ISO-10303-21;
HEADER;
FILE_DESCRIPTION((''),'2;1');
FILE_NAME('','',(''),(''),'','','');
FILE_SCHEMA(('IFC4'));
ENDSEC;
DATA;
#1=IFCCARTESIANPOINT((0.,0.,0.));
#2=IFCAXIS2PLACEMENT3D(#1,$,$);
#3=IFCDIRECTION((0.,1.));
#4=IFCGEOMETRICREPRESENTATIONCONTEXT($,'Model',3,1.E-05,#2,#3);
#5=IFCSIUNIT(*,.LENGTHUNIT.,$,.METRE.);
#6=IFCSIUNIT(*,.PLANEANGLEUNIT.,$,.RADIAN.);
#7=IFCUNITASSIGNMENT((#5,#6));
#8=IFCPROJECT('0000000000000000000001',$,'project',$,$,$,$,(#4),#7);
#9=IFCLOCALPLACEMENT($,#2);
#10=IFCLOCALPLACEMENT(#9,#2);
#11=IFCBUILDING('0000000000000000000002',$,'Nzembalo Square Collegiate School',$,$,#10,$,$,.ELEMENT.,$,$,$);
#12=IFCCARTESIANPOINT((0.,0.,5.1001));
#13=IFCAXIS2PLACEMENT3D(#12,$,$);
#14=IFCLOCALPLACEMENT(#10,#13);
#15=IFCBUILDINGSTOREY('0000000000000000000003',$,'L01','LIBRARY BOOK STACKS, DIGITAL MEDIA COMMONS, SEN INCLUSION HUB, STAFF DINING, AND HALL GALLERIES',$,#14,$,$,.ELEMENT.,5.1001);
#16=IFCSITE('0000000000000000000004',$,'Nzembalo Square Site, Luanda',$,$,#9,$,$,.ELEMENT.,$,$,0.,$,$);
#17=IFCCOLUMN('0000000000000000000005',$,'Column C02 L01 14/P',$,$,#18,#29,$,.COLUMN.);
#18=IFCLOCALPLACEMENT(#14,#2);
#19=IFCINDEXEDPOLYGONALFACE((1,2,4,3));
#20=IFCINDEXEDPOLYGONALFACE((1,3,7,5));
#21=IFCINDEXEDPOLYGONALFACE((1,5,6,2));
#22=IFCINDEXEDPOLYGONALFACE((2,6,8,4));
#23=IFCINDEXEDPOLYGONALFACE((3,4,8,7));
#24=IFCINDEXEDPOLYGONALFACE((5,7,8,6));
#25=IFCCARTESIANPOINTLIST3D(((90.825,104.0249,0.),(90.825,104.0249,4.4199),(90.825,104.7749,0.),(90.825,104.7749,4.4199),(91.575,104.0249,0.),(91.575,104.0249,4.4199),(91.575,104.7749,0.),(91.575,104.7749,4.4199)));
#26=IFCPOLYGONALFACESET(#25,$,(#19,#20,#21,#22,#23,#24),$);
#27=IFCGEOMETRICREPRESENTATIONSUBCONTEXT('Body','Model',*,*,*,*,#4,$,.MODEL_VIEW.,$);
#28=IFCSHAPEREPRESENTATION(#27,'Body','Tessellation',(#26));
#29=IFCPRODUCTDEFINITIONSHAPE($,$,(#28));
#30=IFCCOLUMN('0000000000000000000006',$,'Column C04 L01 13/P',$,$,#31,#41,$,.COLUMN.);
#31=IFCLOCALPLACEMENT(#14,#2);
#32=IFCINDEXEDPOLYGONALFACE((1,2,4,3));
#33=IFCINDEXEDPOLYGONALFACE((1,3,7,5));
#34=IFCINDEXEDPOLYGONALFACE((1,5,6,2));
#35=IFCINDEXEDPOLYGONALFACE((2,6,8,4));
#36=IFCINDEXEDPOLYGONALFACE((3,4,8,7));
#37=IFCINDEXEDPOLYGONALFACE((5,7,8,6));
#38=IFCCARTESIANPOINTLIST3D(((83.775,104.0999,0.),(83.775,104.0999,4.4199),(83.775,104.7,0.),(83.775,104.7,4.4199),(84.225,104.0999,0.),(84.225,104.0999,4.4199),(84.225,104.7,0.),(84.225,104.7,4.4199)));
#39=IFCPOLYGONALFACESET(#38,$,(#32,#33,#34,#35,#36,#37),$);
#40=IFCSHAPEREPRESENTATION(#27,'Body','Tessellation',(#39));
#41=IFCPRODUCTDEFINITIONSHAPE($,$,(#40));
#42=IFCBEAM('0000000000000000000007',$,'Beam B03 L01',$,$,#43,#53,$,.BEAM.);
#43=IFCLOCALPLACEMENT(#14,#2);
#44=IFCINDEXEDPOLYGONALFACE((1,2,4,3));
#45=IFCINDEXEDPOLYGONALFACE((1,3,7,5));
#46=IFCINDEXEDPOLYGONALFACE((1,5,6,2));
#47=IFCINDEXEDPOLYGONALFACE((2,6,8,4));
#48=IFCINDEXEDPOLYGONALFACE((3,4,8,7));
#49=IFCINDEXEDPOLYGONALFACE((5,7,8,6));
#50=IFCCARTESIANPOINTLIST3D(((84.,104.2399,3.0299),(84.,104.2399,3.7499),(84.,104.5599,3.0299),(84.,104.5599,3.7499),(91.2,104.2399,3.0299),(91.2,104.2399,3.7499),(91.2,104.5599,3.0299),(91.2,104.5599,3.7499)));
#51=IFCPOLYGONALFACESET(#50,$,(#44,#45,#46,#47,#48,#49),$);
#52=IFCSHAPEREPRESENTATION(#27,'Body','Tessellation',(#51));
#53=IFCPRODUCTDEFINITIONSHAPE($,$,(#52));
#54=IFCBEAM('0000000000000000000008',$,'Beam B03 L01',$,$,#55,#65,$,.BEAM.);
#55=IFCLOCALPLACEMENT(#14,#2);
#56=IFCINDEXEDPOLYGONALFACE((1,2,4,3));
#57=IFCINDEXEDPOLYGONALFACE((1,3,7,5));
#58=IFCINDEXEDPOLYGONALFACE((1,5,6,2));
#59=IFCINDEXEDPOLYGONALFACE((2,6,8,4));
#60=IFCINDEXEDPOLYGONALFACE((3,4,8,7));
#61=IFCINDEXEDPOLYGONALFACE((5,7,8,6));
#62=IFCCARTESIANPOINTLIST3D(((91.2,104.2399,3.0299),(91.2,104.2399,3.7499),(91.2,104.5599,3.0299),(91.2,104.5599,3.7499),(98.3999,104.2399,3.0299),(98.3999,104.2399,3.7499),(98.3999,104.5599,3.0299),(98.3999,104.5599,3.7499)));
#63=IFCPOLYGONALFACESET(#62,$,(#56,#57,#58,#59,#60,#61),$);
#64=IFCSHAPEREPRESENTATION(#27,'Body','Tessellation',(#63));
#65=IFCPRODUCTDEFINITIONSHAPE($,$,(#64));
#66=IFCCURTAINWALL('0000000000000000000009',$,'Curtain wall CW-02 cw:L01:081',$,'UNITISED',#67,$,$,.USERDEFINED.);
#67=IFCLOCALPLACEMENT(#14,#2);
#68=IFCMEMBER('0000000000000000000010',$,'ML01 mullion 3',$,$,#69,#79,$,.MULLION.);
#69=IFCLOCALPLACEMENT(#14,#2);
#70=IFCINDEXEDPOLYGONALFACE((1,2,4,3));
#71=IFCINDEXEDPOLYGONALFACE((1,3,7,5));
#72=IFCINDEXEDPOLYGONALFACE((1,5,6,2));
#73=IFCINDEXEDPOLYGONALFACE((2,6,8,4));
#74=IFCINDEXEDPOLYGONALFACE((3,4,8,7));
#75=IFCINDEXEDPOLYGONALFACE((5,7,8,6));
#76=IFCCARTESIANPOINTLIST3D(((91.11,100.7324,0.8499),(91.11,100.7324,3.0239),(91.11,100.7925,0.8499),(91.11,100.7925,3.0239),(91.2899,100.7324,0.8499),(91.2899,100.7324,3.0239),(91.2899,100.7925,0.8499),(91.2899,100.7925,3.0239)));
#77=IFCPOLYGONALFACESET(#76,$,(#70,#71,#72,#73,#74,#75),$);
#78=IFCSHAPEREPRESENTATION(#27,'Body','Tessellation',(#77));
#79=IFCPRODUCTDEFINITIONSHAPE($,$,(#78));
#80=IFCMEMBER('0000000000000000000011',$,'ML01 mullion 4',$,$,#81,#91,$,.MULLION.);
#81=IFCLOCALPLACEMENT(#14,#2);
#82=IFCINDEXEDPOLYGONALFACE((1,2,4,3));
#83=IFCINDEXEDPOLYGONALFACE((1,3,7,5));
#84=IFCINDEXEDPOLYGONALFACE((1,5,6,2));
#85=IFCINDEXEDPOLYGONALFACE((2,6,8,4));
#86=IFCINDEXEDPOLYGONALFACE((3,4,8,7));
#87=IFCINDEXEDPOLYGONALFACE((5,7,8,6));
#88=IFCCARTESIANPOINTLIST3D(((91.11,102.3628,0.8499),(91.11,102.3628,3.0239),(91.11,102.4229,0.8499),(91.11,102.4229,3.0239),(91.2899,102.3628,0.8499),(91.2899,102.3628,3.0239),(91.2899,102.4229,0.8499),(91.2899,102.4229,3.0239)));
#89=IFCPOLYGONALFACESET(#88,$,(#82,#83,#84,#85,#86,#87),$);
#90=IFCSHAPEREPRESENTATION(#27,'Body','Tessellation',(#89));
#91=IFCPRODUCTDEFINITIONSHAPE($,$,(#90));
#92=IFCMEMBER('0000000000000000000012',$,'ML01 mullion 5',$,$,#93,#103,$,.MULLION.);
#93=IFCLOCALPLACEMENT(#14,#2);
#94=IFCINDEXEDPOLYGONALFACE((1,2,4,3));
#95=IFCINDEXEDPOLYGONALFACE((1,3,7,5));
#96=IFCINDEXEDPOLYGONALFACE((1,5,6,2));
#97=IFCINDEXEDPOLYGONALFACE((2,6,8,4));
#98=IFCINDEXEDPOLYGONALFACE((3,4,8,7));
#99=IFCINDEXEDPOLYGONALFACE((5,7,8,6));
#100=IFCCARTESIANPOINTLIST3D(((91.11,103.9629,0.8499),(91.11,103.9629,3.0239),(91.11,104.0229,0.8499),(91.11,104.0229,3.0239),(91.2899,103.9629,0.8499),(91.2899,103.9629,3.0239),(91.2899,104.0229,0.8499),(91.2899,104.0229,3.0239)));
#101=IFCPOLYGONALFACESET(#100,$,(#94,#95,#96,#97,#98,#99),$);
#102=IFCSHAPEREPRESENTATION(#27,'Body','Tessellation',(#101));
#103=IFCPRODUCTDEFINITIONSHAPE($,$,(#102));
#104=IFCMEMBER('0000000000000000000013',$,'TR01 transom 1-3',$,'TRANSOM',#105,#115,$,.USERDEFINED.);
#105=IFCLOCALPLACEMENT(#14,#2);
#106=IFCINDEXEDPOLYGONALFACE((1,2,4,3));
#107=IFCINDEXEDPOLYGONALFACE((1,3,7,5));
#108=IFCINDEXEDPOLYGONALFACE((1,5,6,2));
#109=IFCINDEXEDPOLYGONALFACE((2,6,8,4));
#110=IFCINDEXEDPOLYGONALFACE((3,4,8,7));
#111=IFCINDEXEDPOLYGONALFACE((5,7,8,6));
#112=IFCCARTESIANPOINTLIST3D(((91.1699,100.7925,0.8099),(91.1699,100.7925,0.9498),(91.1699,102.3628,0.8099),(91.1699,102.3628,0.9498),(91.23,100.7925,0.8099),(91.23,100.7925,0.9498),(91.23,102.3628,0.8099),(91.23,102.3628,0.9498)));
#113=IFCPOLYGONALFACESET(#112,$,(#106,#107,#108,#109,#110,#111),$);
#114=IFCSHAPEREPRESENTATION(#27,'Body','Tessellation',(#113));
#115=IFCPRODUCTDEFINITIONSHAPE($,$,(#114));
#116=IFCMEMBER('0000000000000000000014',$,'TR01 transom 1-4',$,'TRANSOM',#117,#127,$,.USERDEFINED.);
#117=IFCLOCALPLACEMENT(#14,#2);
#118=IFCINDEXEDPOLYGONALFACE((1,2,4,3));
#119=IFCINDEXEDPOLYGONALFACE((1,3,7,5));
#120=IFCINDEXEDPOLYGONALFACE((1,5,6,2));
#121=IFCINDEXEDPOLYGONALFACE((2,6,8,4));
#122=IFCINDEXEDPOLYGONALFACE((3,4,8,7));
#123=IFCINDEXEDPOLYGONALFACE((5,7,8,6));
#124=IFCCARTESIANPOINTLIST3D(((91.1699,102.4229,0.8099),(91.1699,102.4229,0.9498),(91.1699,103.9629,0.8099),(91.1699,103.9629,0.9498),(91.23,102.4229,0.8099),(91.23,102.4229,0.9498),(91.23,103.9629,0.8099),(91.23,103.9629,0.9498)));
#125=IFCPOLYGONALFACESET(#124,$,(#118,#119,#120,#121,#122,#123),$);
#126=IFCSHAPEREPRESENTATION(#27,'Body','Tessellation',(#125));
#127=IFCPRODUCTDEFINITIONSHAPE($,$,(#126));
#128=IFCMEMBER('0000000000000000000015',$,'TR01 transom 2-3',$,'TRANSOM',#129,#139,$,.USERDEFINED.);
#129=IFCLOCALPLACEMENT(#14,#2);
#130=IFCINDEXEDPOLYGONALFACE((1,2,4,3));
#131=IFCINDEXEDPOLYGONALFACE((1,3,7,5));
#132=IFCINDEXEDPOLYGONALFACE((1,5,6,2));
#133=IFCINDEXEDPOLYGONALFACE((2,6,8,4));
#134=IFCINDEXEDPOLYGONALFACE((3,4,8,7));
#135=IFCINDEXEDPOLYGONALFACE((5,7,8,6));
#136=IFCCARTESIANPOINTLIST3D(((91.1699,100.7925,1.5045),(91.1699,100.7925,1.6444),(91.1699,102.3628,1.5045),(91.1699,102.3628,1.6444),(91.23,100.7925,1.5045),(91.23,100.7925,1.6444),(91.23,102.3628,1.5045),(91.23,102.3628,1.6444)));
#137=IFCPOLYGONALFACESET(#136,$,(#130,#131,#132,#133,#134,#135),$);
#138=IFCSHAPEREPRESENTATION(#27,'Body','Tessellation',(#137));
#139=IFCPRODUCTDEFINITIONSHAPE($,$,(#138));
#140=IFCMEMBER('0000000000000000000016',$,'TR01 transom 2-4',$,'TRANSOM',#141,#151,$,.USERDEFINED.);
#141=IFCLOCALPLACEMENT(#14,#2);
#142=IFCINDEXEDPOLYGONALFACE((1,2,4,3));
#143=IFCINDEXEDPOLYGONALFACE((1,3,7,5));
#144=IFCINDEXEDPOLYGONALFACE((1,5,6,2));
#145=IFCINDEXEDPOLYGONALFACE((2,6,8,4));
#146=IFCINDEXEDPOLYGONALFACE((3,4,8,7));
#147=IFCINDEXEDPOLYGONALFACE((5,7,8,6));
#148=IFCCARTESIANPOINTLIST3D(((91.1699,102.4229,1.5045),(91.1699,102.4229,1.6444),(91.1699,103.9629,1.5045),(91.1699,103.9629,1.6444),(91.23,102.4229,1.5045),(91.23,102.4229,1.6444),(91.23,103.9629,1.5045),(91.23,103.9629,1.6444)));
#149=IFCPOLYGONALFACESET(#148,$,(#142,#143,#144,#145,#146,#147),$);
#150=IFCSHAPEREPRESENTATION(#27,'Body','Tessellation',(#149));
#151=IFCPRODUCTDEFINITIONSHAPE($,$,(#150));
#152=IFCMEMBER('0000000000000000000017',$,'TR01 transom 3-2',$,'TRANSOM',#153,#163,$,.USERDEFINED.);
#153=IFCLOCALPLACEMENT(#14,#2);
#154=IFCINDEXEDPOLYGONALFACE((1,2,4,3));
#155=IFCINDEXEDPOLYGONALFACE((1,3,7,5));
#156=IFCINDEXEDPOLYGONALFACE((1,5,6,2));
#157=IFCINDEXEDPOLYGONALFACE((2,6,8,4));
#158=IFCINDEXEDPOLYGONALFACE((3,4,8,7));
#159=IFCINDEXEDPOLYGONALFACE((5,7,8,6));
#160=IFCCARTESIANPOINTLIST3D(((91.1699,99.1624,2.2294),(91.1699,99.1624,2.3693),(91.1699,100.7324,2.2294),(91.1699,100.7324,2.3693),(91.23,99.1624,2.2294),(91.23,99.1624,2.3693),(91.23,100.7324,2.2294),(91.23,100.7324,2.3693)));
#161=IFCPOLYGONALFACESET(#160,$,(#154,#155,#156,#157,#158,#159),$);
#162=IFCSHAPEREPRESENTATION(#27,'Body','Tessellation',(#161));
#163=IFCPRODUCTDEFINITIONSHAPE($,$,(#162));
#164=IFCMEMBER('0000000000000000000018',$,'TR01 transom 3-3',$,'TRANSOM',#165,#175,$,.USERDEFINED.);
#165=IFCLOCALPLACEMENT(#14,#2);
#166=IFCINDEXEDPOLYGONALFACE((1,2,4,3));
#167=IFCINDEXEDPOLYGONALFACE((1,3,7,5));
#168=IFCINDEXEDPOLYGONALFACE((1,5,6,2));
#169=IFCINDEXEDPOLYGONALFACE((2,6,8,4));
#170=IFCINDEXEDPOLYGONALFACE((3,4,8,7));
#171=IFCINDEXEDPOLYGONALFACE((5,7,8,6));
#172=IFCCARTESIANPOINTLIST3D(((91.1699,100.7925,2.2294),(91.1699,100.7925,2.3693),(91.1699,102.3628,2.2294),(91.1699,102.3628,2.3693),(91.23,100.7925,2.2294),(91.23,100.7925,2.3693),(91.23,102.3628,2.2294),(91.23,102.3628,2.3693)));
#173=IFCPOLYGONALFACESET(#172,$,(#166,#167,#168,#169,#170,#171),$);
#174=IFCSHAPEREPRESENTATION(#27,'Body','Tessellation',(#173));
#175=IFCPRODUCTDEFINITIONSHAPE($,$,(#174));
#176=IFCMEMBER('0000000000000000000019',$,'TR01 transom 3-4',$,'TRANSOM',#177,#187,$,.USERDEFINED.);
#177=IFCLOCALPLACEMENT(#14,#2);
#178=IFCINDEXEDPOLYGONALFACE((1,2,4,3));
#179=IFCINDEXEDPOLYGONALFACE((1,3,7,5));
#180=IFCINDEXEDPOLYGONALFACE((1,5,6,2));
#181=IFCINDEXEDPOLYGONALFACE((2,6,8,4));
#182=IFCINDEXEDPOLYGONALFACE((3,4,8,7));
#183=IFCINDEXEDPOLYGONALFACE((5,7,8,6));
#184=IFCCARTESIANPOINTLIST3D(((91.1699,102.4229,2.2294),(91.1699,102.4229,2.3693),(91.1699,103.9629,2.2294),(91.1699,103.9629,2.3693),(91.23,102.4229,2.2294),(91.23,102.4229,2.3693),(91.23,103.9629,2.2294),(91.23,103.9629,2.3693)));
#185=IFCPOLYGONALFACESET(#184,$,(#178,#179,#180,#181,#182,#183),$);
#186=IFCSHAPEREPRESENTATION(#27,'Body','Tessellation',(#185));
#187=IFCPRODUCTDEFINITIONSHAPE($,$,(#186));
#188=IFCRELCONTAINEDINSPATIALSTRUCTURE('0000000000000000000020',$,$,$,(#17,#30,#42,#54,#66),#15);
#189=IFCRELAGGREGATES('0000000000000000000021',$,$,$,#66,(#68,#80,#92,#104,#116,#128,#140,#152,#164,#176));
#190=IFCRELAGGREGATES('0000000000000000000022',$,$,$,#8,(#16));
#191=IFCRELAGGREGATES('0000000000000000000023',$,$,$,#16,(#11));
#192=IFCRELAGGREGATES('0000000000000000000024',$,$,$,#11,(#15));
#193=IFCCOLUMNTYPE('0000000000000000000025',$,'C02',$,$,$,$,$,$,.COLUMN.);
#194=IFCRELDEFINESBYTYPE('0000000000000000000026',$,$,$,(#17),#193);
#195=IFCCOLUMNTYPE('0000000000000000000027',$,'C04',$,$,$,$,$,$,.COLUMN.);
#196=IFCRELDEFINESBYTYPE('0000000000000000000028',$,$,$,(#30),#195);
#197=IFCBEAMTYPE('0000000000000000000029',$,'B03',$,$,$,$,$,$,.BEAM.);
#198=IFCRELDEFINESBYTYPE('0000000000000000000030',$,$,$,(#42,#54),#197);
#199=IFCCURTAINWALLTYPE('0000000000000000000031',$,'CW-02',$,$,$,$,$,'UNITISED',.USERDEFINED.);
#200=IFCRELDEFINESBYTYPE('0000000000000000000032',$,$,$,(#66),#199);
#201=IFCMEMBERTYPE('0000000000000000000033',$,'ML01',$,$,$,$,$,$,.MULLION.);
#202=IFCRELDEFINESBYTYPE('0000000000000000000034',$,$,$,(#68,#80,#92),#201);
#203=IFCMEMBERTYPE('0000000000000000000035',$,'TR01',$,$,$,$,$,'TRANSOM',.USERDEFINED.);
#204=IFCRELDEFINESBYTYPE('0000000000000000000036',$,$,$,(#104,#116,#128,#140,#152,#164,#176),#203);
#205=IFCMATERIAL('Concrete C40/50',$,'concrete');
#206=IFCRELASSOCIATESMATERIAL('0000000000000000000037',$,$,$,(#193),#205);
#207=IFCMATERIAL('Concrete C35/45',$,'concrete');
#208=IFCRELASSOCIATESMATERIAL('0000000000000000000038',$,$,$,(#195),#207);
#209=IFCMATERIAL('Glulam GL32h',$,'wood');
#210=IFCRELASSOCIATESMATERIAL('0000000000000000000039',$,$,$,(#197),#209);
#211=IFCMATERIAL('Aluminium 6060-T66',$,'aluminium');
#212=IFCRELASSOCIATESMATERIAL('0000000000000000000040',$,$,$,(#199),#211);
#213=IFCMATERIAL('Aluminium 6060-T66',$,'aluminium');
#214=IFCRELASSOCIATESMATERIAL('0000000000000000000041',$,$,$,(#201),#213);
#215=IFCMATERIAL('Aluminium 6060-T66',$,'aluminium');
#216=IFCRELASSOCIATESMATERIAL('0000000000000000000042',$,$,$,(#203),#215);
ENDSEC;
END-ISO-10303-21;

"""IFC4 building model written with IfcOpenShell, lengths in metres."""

from ifc_helpers import new_model, si_unit, direction, frame, origin, origin_2d, place, context, subcontext, project, spatial, rectangle, extrude, material, material_profile, profile_set, type_object, element, aggregate, save


model = new_model("IFC4")

# Units and contexts
model_context = context("Model", 3, precision=1e-05, world=origin(), true_north=direction((0.0, 1.0)))
body_context = subcontext(model_context, "Body", "Model", "MODEL_VIEW")
ifc_project = project(units=[si_unit("LENGTHUNIT", "METRE"), si_unit("PLANEANGLEUNIT", "RADIAN")], contexts=[model_context])

# Site, building, storey
site_placement = place(None, origin())
site = spatial("IfcSite", under=ifc_project, at=site_placement, Name="Nzembalo Square Site, Luanda", CompositionType="ELEMENT", RefElevation=0.0)
building_placement = place(site_placement, origin())
building = spatial("IfcBuilding", under=site, at=building_placement, Name="Nzembalo Square Collegiate School", CompositionType="ELEMENT")
storey_placement = place(building_placement, frame((0.0, 0.0, 5.1001)))
storey = spatial("IfcBuildingStorey", under=building, at=storey_placement, Name="L01", Description="LIBRARY BOOK STACKS, DIGITAL MEDIA COMMONS, SEN INCLUSION HUB, STAFF DINING, AND HALL GALLERIES", CompositionType="ELEMENT", Elevation=5.1001)

# Columns
ifc_material_1 = material(Name="Concrete C40/50", Category="concrete")
ifc_material_profile_1 = material_profile(ifc_material_1, rectangle(XDim=0.75, YDim=0.75, at=origin_2d()), Name="RC 750x750")
ifc_profile_set_1 = profile_set([ifc_material_profile_1], Name="Concrete C40/50")
column_type_1 = type_object("IfcColumnType", Name="C02", PredefinedType="COLUMN", material=ifc_profile_set_1)
column_1_placement = place(storey_placement, frame((91.2, 104.3999, 0.0), z_axis=(0.0, 0.0, 1.0), x_axis=(1.0, 0.0, 0.0)))
element("IfcColumn", 1, at=column_1_placement, inside=storey, type_object=column_type_1, Name="Column C02 L01 14/P", PredefinedType="COLUMN", context=body_context, shape_type="SweptSolid", body=[
    extrude(rectangle(XDim=0.75, YDim=0.75, at=origin_2d()), origin(), (0.0, 0.0, 1.0), 4.4199),
])
ifc_material_2 = material(Name="Concrete C35/45", Category="concrete")
ifc_material_profile_2 = material_profile(ifc_material_2, rectangle(XDim=0.45, YDim=0.6001, at=origin_2d()), Name="RC 450x600")
ifc_profile_set_2 = profile_set([ifc_material_profile_2], Name="Concrete C35/45")
column_type_2 = type_object("IfcColumnType", Name="C04", PredefinedType="COLUMN", material=ifc_profile_set_2)
column_2_placement = place(storey_placement, frame((84.0, 104.3999, 0.0), z_axis=(0.0, 0.0, 1.0), x_axis=(1.0, 0.0, 0.0)))
element("IfcColumn", 2, at=column_2_placement, inside=storey, type_object=column_type_2, Name="Column C04 L01 13/P", PredefinedType="COLUMN", context=body_context, shape_type="SweptSolid", body=[
    extrude(rectangle(XDim=0.45, YDim=0.6001, at=origin_2d()), origin(), (0.0, 0.0, 1.0), 4.4199),
])

# Beams
ifc_material_3 = material(Name="Glulam GL32h", Category="wood")
ifc_material_profile_3 = material_profile(ifc_material_3, rectangle(XDim=0.3201, YDim=0.72, at=origin_2d()), Name="GL32h 320x720")
ifc_profile_set_3 = profile_set([ifc_material_profile_3], Name="Glulam GL32h")
beam_type = type_object("IfcBeamType", Name="B03", PredefinedType="BEAM", material=ifc_profile_set_3)
for number, where, z_axis, x_axis, name in (
    (3, (84.0, 104.3999, 3.3899), (1.0, 0.0, 0.0), (0.0, 1.0, 0.0), "Beam B03 L01"),
    (4, (91.2, 104.3999, 3.3899), (1.0, 0.0, 0.0), (0.0, 1.0, 0.0), "Beam B03 L01"),
):
    element("IfcBeam", number, at=place(storey_placement, frame(where, z_axis=z_axis, x_axis=x_axis)), inside=storey, type_object=beam_type, Name=name, PredefinedType="BEAM", context=body_context, shape_type="SweptSolid", body=[
        extrude(rectangle(XDim=0.3201, YDim=0.72, at=origin_2d()), origin(), (0.0, 0.0, 1.0), 7.2),
    ])

# Curtain wall, members
ifc_material_4 = material(Name="Aluminium 6060-T66", Category="aluminium")
curtain_wall_type = type_object("IfcCurtainWallType", Name="CW-02", ElementType="UNITISED", PredefinedType="USERDEFINED", material=ifc_material_4)
curtain_wall_placement = place(storey_placement, origin())
curtain_wall = element("IfcCurtainWall", 5, at=curtain_wall_placement, inside=storey, type_object=curtain_wall_type, Name="Curtain wall CW-02 cw:L01:081", ObjectType="UNITISED", PredefinedType="USERDEFINED")
ifc_material_5 = material(Name="Aluminium 6060-T66", Category="aluminium")
ifc_material_profile_4 = material_profile(ifc_material_5, rectangle(XDim=0.0601, YDim=0.1799, at=origin_2d()), Name="ALU M60x180")
ifc_profile_set_4 = profile_set([ifc_material_profile_4], Name="Aluminium 6060-T66")
member_type_1 = type_object("IfcMemberType", Name="ML01", PredefinedType="MULLION", material=ifc_profile_set_4)
member_1_placement = place(storey_placement, frame((91.2, 100.7625, 0.8499), z_axis=(0.0, 0.0, 1.0), x_axis=(0.0, 1.0, 0.0)))
member_1 = element("IfcMember", 6, at=member_1_placement, type_object=member_type_1, Name="ML01 mullion 3", PredefinedType="MULLION", context=body_context, shape_type="SweptSolid", body=[
    extrude(rectangle(XDim=0.0601, YDim=0.1799, at=origin_2d()), origin(), (0.0, 0.0, 1.0), 2.1741),
])
member_2_placement = place(storey_placement, frame((91.2, 102.3928, 0.8499), z_axis=(0.0, 0.0, 1.0), x_axis=(0.0, 1.0, 0.0)))
member_2 = element("IfcMember", 7, at=member_2_placement, type_object=member_type_1, Name="ML01 mullion 4", PredefinedType="MULLION", context=body_context, shape_type="SweptSolid", body=[
    extrude(rectangle(XDim=0.0601, YDim=0.1799, at=origin_2d()), origin(), (0.0, 0.0, 1.0), 2.1741),
])
member_3_placement = place(storey_placement, frame((91.2, 103.9929, 0.8499), z_axis=(0.0, 0.0, 1.0), x_axis=(0.0, 1.0, 0.0)))
member_3 = element("IfcMember", 8, at=member_3_placement, type_object=member_type_1, Name="ML01 mullion 5", PredefinedType="MULLION", context=body_context, shape_type="SweptSolid", body=[
    extrude(rectangle(XDim=0.0601, YDim=0.1799, at=origin_2d()), origin(), (0.0, 0.0, 1.0), 2.1741),
])
ifc_material_6 = material(Name="Aluminium 6060-T66", Category="aluminium")
ifc_material_profile_5 = material_profile(ifc_material_6, rectangle(XDim=0.0601, YDim=0.1399, at=origin_2d()), Name="ALU T60x140")
ifc_profile_set_5 = profile_set([ifc_material_profile_5], Name="Aluminium 6060-T66")
member_type_2 = type_object("IfcMemberType", Name="TR01", ElementType="TRANSOM", PredefinedType="USERDEFINED", material=ifc_profile_set_5)
member_4_placement = place(storey_placement, frame((91.2, 100.7925, 0.8799), z_axis=(0.0, 1.0, 0.0), x_axis=(-1.0, 0.0, 0.0)))
member_4 = element("IfcMember", 9, at=member_4_placement, type_object=member_type_2, Name="TR01 transom 1-3", ObjectType="TRANSOM", PredefinedType="USERDEFINED", context=body_context, shape_type="SweptSolid", body=[
    extrude(rectangle(XDim=0.0601, YDim=0.1399, at=origin_2d()), origin(), (0.0, 0.0, 1.0), 1.5703),
])
member_5_placement = place(storey_placement, frame((91.2, 102.4229, 0.8799), z_axis=(0.0, 1.0, 0.0), x_axis=(-1.0, 0.0, 0.0)))
member_5 = element("IfcMember", 10, at=member_5_placement, type_object=member_type_2, Name="TR01 transom 1-4", ObjectType="TRANSOM", PredefinedType="USERDEFINED", context=body_context, shape_type="SweptSolid", body=[
    extrude(rectangle(XDim=0.0601, YDim=0.1399, at=origin_2d()), origin(), (0.0, 0.0, 1.0), 1.54),
])
member_6_placement = place(storey_placement, frame((91.2, 100.7925, 1.5745), z_axis=(0.0, 1.0, 0.0), x_axis=(-1.0, 0.0, 0.0)))
member_6 = element("IfcMember", 11, at=member_6_placement, type_object=member_type_2, Name="TR01 transom 2-3", ObjectType="TRANSOM", PredefinedType="USERDEFINED", context=body_context, shape_type="SweptSolid", body=[
    extrude(rectangle(XDim=0.0601, YDim=0.1399, at=origin_2d()), origin(), (0.0, 0.0, 1.0), 1.5703),
])
member_7_placement = place(storey_placement, frame((91.2, 102.4229, 1.5745), z_axis=(0.0, 1.0, 0.0), x_axis=(-1.0, 0.0, 0.0)))
member_7 = element("IfcMember", 12, at=member_7_placement, type_object=member_type_2, Name="TR01 transom 2-4", ObjectType="TRANSOM", PredefinedType="USERDEFINED", context=body_context, shape_type="SweptSolid", body=[
    extrude(rectangle(XDim=0.0601, YDim=0.1399, at=origin_2d()), origin(), (0.0, 0.0, 1.0), 1.54),
])
member_8_placement = place(storey_placement, frame((91.2, 99.1624, 2.2993), z_axis=(0.0, 1.0, 0.0), x_axis=(-1.0, 0.0, 0.0)))
member_8 = element("IfcMember", 13, at=member_8_placement, type_object=member_type_2, Name="TR01 transom 3-2", ObjectType="TRANSOM", PredefinedType="USERDEFINED", context=body_context, shape_type="SweptSolid", body=[
    extrude(rectangle(XDim=0.0601, YDim=0.1399, at=origin_2d()), origin(), (0.0, 0.0, 1.0), 1.5701),
])
member_9_placement = place(storey_placement, frame((91.2, 100.7925, 2.2993), z_axis=(0.0, 1.0, 0.0), x_axis=(-1.0, 0.0, 0.0)))
member_9 = element("IfcMember", 14, at=member_9_placement, type_object=member_type_2, Name="TR01 transom 3-3", ObjectType="TRANSOM", PredefinedType="USERDEFINED", context=body_context, shape_type="SweptSolid", body=[
    extrude(rectangle(XDim=0.0601, YDim=0.1399, at=origin_2d()), origin(), (0.0, 0.0, 1.0), 1.5703),
])
member_10_placement = place(storey_placement, frame((91.2, 102.4229, 2.2993), z_axis=(0.0, 1.0, 0.0), x_axis=(-1.0, 0.0, 0.0)))
member_10 = element("IfcMember", 15, at=member_10_placement, type_object=member_type_2, Name="TR01 transom 3-4", ObjectType="TRANSOM", PredefinedType="USERDEFINED", context=body_context, shape_type="SweptSolid", body=[
    extrude(rectangle(XDim=0.0601, YDim=0.1399, at=origin_2d()), origin(), (0.0, 0.0, 1.0), 1.54),
])
aggregate(curtain_wall, [member_1, member_2, member_3, member_4, member_5, member_6, member_7, member_8, member_9, member_10])

save(model, "model.ifc")
